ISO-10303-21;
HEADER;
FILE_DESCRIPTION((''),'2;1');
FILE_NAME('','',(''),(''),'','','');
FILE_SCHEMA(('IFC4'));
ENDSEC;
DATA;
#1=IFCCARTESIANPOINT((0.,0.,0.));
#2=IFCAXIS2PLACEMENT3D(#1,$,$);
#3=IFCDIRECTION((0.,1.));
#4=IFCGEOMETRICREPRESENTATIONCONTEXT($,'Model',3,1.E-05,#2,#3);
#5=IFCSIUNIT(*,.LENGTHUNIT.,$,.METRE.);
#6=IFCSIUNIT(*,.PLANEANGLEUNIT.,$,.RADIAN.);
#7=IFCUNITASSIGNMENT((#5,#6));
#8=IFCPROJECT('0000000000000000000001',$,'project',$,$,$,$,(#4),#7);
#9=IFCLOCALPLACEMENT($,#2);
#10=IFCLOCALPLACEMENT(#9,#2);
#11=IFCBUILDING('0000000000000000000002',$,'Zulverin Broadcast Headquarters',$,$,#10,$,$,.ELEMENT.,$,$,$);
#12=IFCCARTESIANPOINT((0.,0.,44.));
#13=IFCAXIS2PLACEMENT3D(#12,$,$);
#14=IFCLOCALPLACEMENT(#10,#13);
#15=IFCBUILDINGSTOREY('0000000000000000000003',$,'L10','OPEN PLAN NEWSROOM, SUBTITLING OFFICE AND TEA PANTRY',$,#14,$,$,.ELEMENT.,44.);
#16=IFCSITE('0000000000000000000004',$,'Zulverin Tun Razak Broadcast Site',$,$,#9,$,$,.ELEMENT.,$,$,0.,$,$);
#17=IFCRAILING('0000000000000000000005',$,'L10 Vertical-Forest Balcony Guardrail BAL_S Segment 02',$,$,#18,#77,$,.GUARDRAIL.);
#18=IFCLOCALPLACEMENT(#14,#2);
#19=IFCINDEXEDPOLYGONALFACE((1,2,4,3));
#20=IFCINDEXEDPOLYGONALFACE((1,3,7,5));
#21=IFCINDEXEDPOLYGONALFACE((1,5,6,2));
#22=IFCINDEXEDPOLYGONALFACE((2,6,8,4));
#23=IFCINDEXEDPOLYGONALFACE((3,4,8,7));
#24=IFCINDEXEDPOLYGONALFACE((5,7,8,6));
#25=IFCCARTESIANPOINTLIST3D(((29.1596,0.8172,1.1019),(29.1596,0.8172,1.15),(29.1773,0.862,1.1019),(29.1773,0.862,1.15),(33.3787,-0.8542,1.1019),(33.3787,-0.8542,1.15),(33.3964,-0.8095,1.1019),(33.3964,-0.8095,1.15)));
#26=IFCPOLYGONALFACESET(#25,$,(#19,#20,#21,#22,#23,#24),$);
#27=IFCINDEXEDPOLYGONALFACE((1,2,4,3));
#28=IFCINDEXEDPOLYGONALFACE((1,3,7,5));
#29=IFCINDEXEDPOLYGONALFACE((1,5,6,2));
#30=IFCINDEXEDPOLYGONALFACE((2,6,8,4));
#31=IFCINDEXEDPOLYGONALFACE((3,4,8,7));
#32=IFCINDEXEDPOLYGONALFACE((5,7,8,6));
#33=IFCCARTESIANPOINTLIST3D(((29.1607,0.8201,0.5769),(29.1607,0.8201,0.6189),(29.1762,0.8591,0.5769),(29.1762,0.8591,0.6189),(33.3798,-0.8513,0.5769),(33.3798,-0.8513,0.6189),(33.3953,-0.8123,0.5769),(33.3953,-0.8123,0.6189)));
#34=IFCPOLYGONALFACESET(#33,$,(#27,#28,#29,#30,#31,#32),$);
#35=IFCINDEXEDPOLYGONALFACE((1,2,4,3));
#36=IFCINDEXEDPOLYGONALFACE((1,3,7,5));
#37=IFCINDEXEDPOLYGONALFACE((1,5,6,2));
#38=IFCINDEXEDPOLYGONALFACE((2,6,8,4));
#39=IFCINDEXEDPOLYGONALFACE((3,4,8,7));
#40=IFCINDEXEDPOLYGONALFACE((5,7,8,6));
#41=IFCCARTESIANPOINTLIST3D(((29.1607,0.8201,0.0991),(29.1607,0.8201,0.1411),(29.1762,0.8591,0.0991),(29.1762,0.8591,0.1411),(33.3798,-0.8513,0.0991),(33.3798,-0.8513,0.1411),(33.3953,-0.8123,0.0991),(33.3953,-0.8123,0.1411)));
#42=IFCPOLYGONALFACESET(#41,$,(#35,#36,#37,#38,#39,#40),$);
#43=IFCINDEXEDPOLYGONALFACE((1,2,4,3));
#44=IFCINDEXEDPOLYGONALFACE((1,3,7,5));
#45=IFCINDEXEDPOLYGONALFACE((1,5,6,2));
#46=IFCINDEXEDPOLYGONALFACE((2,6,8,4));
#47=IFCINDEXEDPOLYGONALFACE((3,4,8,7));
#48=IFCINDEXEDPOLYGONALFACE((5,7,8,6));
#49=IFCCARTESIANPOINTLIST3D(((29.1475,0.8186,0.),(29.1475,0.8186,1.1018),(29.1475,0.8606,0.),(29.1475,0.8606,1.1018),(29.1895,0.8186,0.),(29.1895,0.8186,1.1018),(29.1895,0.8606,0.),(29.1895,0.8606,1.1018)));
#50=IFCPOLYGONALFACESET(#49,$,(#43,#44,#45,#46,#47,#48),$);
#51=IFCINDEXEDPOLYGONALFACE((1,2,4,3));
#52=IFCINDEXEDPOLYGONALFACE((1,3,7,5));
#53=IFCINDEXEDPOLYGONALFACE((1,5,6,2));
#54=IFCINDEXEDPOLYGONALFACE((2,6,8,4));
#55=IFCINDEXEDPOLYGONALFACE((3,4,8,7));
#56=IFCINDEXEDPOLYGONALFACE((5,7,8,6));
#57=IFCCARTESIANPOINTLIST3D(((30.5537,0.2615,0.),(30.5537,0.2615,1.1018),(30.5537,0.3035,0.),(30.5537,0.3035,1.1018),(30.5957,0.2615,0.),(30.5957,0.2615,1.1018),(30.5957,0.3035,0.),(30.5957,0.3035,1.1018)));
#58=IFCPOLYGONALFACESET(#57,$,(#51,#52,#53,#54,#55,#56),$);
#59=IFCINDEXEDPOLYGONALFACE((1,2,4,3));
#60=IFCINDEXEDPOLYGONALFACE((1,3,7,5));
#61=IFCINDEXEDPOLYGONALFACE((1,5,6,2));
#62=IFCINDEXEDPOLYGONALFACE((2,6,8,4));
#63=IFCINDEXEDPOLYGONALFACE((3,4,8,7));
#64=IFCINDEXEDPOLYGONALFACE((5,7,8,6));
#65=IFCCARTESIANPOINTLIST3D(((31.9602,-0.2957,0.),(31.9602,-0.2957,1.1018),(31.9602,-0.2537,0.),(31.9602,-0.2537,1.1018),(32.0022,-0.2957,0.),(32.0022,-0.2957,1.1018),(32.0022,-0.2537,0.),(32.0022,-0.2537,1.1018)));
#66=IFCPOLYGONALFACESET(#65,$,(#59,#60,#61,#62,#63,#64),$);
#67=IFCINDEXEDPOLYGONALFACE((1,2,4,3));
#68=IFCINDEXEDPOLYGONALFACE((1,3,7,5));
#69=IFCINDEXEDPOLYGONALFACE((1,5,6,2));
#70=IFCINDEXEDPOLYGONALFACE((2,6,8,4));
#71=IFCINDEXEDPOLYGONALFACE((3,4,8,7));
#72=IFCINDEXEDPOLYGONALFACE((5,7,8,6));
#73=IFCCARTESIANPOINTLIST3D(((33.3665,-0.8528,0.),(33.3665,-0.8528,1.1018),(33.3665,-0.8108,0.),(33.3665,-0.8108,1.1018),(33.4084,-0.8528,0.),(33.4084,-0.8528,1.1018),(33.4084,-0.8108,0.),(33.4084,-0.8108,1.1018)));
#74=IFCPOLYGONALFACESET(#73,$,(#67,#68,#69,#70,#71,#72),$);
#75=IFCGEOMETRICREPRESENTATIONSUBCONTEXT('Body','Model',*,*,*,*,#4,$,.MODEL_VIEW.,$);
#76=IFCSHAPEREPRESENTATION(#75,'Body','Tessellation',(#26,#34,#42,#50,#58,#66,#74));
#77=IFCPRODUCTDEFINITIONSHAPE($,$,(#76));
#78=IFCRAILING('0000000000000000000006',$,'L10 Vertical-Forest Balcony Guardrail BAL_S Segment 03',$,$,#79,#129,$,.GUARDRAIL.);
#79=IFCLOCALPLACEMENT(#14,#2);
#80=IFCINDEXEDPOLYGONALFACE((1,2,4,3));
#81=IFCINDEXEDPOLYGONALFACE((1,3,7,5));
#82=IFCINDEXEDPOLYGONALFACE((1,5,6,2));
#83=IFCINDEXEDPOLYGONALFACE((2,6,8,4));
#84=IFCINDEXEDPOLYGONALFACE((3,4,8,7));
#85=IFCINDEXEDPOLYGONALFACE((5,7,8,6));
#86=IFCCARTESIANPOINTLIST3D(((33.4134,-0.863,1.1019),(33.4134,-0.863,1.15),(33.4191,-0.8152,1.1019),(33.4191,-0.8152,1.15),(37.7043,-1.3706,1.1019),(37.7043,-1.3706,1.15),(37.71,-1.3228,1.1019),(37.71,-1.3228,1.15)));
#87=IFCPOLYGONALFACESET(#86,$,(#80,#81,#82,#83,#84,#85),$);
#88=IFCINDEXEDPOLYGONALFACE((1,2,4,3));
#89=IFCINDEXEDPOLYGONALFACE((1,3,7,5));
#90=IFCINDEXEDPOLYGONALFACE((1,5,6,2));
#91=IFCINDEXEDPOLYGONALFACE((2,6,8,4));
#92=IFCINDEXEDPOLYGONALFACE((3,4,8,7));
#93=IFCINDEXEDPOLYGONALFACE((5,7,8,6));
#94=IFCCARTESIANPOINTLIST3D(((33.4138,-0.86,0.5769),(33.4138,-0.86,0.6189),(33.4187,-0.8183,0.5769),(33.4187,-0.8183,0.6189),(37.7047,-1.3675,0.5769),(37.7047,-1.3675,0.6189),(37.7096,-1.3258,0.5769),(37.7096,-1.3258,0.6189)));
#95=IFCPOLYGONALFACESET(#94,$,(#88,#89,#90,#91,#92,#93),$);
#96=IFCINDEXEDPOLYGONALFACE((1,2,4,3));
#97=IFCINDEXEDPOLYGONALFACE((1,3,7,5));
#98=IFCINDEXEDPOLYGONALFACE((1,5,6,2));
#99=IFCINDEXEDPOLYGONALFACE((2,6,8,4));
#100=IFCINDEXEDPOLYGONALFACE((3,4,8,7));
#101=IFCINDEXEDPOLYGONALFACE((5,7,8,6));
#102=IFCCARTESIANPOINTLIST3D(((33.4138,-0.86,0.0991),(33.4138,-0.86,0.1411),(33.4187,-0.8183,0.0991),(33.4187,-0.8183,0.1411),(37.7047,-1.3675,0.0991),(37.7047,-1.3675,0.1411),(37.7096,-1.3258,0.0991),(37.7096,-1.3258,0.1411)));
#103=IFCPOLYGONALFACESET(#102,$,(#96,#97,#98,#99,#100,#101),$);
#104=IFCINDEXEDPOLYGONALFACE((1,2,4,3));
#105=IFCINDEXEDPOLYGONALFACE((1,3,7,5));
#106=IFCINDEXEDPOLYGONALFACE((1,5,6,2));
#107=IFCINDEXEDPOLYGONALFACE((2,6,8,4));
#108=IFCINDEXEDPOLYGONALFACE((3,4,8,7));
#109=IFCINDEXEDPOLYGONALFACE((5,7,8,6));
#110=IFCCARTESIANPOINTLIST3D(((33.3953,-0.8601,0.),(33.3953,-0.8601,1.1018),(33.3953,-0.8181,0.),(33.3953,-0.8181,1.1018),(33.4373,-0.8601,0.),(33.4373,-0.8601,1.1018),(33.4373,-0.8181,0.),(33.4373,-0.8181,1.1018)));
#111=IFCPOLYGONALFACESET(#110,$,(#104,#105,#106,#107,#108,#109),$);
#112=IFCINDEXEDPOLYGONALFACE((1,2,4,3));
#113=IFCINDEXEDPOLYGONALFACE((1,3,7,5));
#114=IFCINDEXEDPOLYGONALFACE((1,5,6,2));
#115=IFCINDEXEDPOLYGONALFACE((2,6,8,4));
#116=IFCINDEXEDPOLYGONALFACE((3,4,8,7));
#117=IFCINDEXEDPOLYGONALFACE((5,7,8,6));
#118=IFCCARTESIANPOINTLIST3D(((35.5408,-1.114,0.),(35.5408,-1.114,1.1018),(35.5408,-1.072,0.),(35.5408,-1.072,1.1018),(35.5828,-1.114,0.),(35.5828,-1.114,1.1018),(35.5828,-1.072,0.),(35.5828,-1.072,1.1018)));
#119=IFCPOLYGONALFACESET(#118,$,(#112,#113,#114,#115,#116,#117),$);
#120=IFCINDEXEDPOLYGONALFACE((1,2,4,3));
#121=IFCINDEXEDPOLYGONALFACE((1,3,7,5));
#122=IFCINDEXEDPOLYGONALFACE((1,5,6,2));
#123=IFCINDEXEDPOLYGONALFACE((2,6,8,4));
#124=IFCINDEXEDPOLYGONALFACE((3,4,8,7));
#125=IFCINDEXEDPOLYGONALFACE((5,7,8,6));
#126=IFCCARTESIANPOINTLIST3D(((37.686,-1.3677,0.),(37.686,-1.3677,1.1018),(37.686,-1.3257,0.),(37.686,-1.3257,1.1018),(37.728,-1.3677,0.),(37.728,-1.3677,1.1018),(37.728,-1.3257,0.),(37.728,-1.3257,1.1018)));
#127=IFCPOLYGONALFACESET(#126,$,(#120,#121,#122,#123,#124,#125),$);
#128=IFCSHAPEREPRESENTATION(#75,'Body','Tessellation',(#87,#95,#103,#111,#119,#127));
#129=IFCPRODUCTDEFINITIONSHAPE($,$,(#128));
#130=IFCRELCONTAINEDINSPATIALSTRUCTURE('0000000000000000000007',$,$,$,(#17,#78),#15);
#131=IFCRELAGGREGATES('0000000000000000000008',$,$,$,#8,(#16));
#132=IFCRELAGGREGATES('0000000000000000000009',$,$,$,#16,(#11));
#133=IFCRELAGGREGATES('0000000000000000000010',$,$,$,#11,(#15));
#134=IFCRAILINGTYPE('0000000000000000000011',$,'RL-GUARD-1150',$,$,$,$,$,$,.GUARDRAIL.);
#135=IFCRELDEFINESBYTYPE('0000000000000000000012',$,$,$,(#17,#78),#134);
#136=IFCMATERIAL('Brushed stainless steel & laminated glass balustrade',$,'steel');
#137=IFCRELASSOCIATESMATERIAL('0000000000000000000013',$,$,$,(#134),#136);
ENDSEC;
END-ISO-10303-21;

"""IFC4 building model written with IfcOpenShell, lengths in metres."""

from ifc_helpers import new_model, si_unit, direction, frame, origin, origin_2d, place, context, subcontext, project, spatial, rectangle, extrude, material, type_object, element, save


model = new_model("IFC4")

# Units and contexts
model_context = context("Model", 3, precision=1e-05, world=origin(), true_north=direction((0.0, 1.0)))
body_context = subcontext(model_context, "Body", "Model", "MODEL_VIEW")
ifc_project = project(units=[si_unit("LENGTHUNIT", "METRE"), si_unit("PLANEANGLEUNIT", "RADIAN")], contexts=[model_context])

# Site, building, storey
site_placement = place(None, origin())
site = spatial("IfcSite", under=ifc_project, at=site_placement, Name="Zulverin Tun Razak Broadcast Site", CompositionType="ELEMENT", RefElevation=0.0)
building_placement = place(site_placement, origin())
building = spatial("IfcBuilding", under=site, at=building_placement, Name="Zulverin Broadcast Headquarters", CompositionType="ELEMENT")
storey_placement = place(building_placement, frame((0.0, 0.0, 44.0)))
storey = spatial("IfcBuildingStorey", under=building, at=storey_placement, Name="L10", Description="OPEN PLAN NEWSROOM, SUBTITLING OFFICE AND TEA PANTRY", CompositionType="ELEMENT", Elevation=44.0)

# Railings
ifc_material_1 = material(Name="Brushed stainless steel & laminated glass balustrade", Category="steel")
railing_type = type_object("IfcRailingType", Name="RL-GUARD-1150", PredefinedType="GUARDRAIL", material=ifc_material_1)
railing_1_placement = place(storey_placement, frame((29.1685, 0.8396, 0.0)))
element("IfcRailing", 1, at=railing_1_placement, inside=storey, type_object=railing_type, Name="L10 Vertical-Forest Balcony Guardrail BAL_S Segment 02", PredefinedType="GUARDRAIL", context=body_context, shape_type="SweptSolid", body=[
    extrude(rectangle(XDim=0.0481, YDim=0.0481, at=origin_2d()), frame((0.0, 0.0, 1.126), z_axis=(0.929703, -0.368309, 0.0), x_axis=(0.368309, 0.929703, 0.0)), (0.0, 0.0, 1.0), 4.5381),
    extrude(rectangle(XDim=0.042, YDim=0.042, at=origin_2d()), frame((0.0, 0.0, 0.5979), z_axis=(0.929703, -0.368309, 0.0), x_axis=(0.368309, 0.929703, 0.0)), (0.0, 0.0, 1.0), 4.5381),
    extrude(rectangle(XDim=0.042, YDim=0.042, at=origin_2d()), frame((0.0, 0.0, 0.1201), z_axis=(0.929703, -0.368309, 0.0), x_axis=(0.368309, 0.929703, 0.0)), (0.0, 0.0, 1.0), 4.5381),
    extrude(rectangle(XDim=0.042, YDim=0.042, at=origin_2d()), origin(), (0.0, 0.0, 1.0), 1.1018),
    extrude(rectangle(XDim=0.042, YDim=0.042, at=origin_2d()), frame((1.4062, -0.5571, 0.0)), (0.0, 0.0, 1.0), 1.1018),
    extrude(rectangle(XDim=0.042, YDim=0.042, at=origin_2d()), frame((2.8127, -1.1143, 0.0)), (0.0, 0.0, 1.0), 1.1018),
    extrude(rectangle(XDim=0.042, YDim=0.042, at=origin_2d()), frame((4.219, -1.6714, 0.0)), (0.0, 0.0, 1.0), 1.1018),
])
railing_2_placement = place(storey_placement, frame((33.4163, -0.8391, 0.0)))
element("IfcRailing", 2, at=railing_2_placement, inside=storey, type_object=railing_type, Name="L10 Vertical-Forest Balcony Guardrail BAL_S Segment 03", PredefinedType="GUARDRAIL", context=body_context, shape_type="SweptSolid", body=[
    extrude(rectangle(XDim=0.0481, YDim=0.0481, at=origin_2d()), frame((0.0, 0.0, 1.126), z_axis=(0.993076, -0.117474, 0.0), x_axis=(0.117474, 0.993076, 0.0)), (0.0, 0.0, 1.0), 4.3208),
    extrude(rectangle(XDim=0.042, YDim=0.042, at=origin_2d()), frame((0.0, 0.0, 0.5979), z_axis=(0.993076, -0.117474, 0.0), x_axis=(0.117474, 0.993076, 0.0)), (0.0, 0.0, 1.0), 4.3208),
    extrude(rectangle(XDim=0.042, YDim=0.042, at=origin_2d()), frame((0.0, 0.0, 0.1201), z_axis=(0.993076, -0.117474, 0.0), x_axis=(0.117474, 0.993076, 0.0)), (0.0, 0.0, 1.0), 4.3208),
    extrude(rectangle(XDim=0.042, YDim=0.042, at=origin_2d()), origin(), (0.0, 0.0, 1.0), 1.1018),
    extrude(rectangle(XDim=0.042, YDim=0.042, at=origin_2d()), frame((2.1455, -0.2539, 0.0)), (0.0, 0.0, 1.0), 1.1018),
    extrude(rectangle(XDim=0.042, YDim=0.042, at=origin_2d()), frame((4.2908, -0.5076, 0.0)), (0.0, 0.0, 1.0), 1.1018),
])

save(model, "model.ifc")
